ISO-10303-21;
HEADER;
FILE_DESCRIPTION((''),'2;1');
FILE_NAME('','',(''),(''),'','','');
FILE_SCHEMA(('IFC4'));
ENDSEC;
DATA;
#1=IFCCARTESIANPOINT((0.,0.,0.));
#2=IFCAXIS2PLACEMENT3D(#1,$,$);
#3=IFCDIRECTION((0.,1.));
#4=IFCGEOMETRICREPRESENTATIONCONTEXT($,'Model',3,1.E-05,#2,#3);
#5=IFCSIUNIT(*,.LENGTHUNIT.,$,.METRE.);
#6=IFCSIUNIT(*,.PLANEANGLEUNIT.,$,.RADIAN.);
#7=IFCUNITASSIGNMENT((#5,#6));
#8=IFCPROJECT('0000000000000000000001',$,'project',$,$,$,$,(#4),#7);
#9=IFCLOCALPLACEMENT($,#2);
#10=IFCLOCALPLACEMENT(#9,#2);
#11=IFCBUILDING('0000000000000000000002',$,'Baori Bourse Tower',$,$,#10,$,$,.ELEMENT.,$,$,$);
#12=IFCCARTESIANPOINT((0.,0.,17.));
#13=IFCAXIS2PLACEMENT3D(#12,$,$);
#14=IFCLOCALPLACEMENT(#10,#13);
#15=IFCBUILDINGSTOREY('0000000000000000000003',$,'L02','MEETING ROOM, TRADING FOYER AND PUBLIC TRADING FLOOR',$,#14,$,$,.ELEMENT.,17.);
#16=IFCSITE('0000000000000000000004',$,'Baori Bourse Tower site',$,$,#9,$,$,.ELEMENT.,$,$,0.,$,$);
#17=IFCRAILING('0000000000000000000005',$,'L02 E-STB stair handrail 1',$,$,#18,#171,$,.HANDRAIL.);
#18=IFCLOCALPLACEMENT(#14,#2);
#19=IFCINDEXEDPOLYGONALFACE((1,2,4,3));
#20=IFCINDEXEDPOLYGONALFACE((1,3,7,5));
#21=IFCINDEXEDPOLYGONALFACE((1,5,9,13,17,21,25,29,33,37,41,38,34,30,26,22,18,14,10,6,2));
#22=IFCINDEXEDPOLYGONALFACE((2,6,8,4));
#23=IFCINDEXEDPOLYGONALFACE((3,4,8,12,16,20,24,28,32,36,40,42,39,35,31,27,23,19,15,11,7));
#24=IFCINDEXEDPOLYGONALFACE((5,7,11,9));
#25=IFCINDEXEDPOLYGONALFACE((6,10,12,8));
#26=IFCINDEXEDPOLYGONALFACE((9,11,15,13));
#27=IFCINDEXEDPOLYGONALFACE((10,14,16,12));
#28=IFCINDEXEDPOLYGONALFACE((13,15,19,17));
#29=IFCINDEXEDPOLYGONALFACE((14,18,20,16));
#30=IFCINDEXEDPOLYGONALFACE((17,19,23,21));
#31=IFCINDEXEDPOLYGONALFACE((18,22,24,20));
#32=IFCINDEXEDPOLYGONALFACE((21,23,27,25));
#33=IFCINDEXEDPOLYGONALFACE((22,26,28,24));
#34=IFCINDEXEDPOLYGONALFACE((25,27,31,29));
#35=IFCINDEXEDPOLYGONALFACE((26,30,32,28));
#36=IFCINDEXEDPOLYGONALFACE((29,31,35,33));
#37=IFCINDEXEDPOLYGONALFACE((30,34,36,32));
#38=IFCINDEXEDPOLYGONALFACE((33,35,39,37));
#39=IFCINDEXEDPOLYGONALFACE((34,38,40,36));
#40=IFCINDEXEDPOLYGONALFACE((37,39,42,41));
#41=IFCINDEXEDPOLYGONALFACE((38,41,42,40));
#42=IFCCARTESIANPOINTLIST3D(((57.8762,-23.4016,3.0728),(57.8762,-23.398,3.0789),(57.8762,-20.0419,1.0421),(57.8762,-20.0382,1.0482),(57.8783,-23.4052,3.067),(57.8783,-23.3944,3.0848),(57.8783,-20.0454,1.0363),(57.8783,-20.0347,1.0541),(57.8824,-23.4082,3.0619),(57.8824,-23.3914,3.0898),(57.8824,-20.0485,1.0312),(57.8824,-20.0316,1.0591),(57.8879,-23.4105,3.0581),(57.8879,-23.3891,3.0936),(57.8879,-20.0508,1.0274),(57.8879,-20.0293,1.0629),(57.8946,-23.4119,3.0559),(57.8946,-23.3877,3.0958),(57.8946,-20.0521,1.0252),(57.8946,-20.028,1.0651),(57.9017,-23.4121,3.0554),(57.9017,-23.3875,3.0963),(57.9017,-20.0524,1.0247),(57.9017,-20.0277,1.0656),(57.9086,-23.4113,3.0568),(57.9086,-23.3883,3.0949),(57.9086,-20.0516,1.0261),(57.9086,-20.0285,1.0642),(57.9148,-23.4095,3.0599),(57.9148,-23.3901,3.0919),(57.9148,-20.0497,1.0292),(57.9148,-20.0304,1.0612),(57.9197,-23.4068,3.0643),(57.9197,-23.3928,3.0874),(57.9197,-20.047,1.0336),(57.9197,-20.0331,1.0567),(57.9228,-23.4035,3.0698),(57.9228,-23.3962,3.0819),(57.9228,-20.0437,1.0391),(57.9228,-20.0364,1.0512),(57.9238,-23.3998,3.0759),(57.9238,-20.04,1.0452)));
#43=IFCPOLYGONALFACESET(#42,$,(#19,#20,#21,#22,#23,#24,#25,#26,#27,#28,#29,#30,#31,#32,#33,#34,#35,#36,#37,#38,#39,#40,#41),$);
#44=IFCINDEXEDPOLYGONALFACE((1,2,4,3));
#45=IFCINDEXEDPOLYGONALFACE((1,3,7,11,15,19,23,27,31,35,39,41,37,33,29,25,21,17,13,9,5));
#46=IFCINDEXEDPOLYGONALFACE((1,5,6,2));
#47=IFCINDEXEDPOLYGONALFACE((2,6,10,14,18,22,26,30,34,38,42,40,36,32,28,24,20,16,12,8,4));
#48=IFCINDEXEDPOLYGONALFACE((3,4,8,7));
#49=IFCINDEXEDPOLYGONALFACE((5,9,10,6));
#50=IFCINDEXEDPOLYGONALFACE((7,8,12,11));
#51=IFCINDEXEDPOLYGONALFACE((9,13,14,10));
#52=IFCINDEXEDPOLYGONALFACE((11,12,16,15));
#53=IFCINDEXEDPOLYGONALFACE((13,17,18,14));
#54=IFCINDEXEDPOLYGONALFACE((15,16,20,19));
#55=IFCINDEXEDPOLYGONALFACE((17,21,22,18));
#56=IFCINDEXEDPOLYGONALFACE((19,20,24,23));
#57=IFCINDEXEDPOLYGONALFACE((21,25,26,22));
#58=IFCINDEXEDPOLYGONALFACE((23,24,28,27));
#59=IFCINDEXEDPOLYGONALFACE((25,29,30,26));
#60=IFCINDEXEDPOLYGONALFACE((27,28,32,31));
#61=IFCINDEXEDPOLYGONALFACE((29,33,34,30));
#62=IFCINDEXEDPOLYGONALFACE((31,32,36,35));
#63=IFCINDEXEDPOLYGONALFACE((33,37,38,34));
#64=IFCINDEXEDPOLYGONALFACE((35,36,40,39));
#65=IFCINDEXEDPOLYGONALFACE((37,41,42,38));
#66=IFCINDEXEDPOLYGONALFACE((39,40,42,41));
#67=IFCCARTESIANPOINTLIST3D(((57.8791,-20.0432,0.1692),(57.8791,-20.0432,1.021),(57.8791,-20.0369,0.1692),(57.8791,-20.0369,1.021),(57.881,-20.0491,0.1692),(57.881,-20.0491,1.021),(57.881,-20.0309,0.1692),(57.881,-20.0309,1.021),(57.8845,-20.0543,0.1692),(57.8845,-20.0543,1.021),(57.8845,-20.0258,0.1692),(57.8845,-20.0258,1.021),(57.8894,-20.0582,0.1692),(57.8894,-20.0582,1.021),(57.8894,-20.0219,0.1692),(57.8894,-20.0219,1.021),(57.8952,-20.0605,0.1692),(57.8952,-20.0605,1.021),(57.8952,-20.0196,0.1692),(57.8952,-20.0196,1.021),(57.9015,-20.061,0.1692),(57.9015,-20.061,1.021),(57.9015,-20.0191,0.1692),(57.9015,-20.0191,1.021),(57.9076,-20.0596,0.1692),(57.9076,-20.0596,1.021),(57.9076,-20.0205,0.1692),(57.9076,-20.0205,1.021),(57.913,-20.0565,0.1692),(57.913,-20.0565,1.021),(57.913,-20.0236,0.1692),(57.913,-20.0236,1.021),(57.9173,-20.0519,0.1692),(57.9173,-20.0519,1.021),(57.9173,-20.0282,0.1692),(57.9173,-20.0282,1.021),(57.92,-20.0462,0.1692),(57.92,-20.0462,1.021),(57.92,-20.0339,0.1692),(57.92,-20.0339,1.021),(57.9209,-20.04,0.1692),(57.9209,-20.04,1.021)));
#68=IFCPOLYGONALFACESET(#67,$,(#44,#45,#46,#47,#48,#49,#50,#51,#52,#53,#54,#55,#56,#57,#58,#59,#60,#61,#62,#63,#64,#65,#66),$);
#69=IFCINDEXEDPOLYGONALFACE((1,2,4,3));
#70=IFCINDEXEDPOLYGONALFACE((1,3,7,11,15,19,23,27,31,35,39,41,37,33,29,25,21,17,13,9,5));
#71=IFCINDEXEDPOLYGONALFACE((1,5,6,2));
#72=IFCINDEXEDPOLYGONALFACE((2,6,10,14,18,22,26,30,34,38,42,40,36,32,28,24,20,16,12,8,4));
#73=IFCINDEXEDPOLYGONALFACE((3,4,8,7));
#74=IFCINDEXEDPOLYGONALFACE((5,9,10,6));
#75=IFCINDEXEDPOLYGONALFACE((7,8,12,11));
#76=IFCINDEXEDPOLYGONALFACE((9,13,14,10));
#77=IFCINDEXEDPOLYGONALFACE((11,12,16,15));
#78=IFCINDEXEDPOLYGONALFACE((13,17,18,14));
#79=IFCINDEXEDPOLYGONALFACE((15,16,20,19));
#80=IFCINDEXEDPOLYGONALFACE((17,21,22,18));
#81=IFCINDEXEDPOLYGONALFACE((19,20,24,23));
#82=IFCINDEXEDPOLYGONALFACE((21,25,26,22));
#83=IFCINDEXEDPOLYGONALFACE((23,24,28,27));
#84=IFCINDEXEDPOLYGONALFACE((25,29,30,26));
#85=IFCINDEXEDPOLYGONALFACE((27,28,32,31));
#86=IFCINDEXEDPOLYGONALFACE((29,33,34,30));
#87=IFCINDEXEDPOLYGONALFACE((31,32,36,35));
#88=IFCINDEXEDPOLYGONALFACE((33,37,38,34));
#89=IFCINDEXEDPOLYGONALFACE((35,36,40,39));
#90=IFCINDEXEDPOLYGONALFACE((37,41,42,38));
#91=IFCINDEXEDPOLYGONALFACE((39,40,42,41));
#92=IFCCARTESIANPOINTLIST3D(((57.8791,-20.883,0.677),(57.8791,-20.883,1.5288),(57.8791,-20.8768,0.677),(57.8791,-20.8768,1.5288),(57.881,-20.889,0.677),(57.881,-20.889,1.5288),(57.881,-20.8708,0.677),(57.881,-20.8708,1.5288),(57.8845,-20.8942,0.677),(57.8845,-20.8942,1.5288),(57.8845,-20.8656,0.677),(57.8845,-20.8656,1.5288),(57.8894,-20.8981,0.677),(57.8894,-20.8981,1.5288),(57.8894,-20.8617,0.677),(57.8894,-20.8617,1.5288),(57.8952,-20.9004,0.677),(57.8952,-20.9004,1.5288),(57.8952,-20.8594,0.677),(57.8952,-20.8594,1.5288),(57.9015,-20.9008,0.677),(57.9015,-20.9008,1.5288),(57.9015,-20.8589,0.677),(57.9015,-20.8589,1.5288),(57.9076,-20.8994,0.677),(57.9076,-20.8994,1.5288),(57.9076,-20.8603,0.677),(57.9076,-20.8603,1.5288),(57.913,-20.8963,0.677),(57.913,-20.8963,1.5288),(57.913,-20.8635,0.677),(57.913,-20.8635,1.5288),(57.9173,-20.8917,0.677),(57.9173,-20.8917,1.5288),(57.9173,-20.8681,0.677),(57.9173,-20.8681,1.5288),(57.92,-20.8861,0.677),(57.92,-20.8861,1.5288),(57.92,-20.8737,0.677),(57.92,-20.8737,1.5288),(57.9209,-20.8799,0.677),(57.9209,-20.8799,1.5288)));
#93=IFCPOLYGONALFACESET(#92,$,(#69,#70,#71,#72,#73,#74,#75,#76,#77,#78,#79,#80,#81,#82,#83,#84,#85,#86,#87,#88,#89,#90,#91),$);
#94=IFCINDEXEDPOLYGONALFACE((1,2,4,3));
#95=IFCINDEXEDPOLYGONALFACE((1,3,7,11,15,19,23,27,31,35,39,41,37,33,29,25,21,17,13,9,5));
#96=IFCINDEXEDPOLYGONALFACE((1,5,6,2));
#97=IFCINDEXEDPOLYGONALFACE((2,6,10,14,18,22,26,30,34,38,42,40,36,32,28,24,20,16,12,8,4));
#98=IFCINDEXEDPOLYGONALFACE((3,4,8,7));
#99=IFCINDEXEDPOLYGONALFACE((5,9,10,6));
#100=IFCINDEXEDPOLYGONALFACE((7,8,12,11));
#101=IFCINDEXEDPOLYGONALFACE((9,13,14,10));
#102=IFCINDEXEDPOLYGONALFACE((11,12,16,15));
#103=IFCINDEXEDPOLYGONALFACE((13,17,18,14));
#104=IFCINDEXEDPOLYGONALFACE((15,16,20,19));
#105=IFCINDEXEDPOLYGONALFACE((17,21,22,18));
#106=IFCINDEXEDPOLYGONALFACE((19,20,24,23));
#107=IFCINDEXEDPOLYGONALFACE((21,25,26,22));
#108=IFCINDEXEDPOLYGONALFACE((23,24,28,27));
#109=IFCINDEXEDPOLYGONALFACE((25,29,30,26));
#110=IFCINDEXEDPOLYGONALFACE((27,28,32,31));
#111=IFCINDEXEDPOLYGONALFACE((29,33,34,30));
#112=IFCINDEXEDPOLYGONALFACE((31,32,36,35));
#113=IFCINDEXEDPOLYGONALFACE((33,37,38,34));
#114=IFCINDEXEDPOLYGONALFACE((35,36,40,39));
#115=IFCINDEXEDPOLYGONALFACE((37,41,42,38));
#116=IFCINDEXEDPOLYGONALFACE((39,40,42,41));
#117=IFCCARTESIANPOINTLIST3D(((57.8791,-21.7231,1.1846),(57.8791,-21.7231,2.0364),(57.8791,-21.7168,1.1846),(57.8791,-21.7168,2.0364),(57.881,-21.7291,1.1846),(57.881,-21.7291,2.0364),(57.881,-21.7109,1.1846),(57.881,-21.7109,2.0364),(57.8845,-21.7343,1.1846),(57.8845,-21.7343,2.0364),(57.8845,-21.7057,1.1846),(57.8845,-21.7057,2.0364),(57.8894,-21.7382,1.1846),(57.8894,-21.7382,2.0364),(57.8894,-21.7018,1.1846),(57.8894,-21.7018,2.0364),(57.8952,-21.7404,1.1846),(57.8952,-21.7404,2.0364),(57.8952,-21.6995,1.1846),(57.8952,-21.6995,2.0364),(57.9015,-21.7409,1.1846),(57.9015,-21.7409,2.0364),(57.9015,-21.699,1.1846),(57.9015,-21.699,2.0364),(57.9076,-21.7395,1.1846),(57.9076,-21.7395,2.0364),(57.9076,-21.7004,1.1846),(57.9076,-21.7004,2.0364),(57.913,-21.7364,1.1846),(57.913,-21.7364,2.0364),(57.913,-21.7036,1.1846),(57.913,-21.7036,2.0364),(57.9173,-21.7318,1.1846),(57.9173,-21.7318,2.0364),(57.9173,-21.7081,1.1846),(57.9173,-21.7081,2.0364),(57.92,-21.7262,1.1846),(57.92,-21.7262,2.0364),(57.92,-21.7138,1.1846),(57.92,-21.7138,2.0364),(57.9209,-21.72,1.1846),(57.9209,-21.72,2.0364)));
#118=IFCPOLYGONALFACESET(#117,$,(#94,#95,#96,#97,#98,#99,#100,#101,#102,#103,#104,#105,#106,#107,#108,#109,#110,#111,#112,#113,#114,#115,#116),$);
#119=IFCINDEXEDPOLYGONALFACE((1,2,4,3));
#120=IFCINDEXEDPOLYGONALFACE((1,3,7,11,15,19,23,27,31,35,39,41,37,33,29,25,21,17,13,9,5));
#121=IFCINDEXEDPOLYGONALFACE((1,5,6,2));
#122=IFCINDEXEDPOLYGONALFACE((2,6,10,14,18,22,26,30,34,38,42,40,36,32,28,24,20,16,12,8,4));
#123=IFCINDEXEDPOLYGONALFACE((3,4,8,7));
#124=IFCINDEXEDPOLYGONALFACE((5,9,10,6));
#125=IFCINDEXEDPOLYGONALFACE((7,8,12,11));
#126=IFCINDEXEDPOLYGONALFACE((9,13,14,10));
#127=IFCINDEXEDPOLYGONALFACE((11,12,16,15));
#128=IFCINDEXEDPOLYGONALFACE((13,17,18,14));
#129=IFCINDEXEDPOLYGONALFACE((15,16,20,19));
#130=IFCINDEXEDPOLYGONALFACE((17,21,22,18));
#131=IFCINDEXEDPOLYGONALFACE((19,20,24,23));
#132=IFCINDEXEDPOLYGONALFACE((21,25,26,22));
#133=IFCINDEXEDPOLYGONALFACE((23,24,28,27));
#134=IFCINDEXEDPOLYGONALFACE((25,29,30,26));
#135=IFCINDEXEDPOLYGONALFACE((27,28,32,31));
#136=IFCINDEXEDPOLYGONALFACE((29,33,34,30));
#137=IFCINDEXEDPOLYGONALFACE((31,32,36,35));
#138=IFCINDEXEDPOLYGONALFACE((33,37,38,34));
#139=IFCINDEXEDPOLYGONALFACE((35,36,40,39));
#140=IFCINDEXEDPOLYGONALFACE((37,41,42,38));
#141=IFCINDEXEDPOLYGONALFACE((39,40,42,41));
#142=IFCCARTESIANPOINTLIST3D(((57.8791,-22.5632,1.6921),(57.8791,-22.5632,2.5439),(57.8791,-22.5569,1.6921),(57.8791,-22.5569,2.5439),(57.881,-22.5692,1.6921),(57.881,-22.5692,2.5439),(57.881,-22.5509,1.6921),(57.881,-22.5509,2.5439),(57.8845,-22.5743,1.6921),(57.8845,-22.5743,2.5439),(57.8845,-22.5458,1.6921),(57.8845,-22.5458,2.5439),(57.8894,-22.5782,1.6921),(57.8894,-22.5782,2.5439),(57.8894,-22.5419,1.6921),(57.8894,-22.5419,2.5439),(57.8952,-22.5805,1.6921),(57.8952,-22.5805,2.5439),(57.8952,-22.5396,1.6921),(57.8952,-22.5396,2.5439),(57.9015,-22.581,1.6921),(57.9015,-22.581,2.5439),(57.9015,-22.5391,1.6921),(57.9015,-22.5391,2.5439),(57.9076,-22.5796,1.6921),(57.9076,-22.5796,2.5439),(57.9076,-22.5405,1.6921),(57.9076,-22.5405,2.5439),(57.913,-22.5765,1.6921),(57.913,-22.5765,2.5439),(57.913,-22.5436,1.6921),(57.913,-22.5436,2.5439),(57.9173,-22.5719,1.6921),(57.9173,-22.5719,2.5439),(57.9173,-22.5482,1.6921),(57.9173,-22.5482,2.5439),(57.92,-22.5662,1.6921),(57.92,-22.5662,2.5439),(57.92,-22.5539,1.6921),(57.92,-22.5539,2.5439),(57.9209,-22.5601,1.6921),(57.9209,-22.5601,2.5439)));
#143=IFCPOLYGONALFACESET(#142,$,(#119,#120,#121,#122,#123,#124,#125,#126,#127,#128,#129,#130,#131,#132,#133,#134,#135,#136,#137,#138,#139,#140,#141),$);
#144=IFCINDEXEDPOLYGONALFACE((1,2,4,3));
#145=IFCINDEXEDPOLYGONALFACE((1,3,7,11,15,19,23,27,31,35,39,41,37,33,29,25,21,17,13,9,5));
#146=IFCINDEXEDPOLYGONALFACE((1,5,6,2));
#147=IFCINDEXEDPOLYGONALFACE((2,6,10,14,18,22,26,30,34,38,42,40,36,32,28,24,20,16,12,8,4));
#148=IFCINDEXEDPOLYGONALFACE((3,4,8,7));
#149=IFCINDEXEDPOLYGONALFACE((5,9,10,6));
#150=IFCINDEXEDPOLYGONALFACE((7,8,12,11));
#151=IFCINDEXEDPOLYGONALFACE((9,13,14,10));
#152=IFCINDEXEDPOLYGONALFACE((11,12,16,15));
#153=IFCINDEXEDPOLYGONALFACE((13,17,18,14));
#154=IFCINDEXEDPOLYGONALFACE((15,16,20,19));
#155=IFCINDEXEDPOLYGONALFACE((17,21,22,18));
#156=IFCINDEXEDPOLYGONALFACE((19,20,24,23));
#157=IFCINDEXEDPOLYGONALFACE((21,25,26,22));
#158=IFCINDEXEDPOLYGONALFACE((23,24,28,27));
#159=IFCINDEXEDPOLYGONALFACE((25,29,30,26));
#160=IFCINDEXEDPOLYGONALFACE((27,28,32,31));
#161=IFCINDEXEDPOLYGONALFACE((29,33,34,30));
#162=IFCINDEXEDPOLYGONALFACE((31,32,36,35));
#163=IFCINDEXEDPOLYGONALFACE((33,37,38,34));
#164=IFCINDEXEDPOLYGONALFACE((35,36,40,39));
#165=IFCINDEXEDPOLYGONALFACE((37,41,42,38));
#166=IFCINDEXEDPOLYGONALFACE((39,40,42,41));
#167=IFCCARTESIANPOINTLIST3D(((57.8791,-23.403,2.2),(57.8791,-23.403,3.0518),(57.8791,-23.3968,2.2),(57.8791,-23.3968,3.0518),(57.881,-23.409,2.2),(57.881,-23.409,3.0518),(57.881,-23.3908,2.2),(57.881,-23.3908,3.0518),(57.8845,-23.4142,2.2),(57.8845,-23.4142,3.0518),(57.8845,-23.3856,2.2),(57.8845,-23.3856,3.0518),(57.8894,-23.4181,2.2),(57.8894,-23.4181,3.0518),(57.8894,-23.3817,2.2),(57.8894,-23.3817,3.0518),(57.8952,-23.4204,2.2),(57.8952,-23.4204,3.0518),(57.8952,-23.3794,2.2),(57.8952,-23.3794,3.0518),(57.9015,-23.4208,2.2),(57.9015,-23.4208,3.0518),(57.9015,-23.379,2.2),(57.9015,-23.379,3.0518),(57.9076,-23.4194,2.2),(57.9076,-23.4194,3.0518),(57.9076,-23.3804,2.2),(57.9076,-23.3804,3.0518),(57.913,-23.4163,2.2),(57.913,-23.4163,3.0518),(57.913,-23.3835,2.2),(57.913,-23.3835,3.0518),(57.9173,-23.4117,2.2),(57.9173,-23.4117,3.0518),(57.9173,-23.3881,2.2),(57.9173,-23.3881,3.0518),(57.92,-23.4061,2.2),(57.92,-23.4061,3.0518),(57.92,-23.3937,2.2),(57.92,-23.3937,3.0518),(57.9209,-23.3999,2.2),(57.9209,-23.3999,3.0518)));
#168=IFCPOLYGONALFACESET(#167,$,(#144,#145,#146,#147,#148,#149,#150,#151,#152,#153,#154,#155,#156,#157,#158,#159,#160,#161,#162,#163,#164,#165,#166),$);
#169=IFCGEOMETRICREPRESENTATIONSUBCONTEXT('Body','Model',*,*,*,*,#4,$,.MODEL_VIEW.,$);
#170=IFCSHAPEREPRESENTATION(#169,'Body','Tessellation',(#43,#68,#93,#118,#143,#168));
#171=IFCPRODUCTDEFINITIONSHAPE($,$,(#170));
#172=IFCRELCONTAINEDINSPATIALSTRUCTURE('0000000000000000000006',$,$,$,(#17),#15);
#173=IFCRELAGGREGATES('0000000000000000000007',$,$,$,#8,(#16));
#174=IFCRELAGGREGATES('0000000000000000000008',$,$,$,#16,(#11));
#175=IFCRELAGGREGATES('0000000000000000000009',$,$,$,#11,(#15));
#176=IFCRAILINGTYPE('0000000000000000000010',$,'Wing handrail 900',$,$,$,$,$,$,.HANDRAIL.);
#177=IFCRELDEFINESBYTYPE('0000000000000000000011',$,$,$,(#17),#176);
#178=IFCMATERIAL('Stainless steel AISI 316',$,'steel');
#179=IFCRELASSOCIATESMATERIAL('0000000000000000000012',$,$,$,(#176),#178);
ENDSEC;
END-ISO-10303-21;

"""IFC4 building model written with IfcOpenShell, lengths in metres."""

from ifc_helpers import new_model, si_unit, direction, frame, origin, origin_2d, place, context, subcontext, project, spatial, circle, extrude, material, type_object, element, save


model = new_model("IFC4")

# Units and contexts
model_context = context("Model", 3, precision=1e-05, world=origin(), true_north=direction((0.0, 1.0)))
body_context = subcontext(model_context, "Body", "Model", "MODEL_VIEW")
ifc_project = project(units=[si_unit("LENGTHUNIT", "METRE"), si_unit("PLANEANGLEUNIT", "RADIAN")], contexts=[model_context])

# Site, building, storey
site_placement = place(None, origin())
site = spatial("IfcSite", under=ifc_project, at=site_placement, Name="Baori Bourse Tower site", CompositionType="ELEMENT", RefElevation=0.0)
building_placement = place(site_placement, origin())
building = spatial("IfcBuilding", under=site, at=building_placement, Name="Baori Bourse Tower", CompositionType="ELEMENT")
storey_placement = place(building_placement, frame((0.0, 0.0, 17.0)))
storey = spatial("IfcBuildingStorey", under=building, at=storey_placement, Name="L02", Description="MEETING ROOM, TRADING FOYER AND PUBLIC TRADING FLOOR", CompositionType="ELEMENT", Elevation=17.0)

# Railing
ifc_material_1 = material(Name="Stainless steel AISI 316", Category="steel")
railing_type_1 = type_object("IfcRailingType", Name="Wing handrail 900", PredefinedType="HANDRAIL", material=ifc_material_1)
railing_1_placement = place(storey_placement, frame((57.8999, -20.04, 0.1692)))
element("IfcRailing", 1, at=railing_1_placement, inside=storey, type_object=railing_type_1, Name="L02 E-STB stair handrail 1", PredefinedType="HANDRAIL", context=body_context, shape_type="SweptSolid", body=[
    extrude(circle(Radius=0.0239, at=origin_2d()), frame((0.0, 0.0, 0.876), z_axis=(0.0, -0.85582, 0.517273), x_axis=(1.0, 0.0, 0.0)), (0.0, 0.0, 1.0), 3.9258),
    extrude(circle(Radius=0.021, at=origin_2d()), origin(), (0.0, 0.0, 1.0), 0.8518),
    extrude(circle(Radius=0.021, at=origin_2d()), frame((0.0, -0.8398, 0.5078)), (0.0, 0.0, 1.0), 0.8518),
    extrude(circle(Radius=0.021, at=origin_2d()), frame((0.0, -1.6799, 1.0154)), (0.0, 0.0, 1.0), 0.8518),
    extrude(circle(Radius=0.021, at=origin_2d()), frame((0.0, -2.52, 1.5229)), (0.0, 0.0, 1.0), 0.8518),
    extrude(circle(Radius=0.021, at=origin_2d()), frame((0.0, -3.3599, 2.0308)), (0.0, 0.0, 1.0), 0.8518),
])

save(model, "model.ifc")
